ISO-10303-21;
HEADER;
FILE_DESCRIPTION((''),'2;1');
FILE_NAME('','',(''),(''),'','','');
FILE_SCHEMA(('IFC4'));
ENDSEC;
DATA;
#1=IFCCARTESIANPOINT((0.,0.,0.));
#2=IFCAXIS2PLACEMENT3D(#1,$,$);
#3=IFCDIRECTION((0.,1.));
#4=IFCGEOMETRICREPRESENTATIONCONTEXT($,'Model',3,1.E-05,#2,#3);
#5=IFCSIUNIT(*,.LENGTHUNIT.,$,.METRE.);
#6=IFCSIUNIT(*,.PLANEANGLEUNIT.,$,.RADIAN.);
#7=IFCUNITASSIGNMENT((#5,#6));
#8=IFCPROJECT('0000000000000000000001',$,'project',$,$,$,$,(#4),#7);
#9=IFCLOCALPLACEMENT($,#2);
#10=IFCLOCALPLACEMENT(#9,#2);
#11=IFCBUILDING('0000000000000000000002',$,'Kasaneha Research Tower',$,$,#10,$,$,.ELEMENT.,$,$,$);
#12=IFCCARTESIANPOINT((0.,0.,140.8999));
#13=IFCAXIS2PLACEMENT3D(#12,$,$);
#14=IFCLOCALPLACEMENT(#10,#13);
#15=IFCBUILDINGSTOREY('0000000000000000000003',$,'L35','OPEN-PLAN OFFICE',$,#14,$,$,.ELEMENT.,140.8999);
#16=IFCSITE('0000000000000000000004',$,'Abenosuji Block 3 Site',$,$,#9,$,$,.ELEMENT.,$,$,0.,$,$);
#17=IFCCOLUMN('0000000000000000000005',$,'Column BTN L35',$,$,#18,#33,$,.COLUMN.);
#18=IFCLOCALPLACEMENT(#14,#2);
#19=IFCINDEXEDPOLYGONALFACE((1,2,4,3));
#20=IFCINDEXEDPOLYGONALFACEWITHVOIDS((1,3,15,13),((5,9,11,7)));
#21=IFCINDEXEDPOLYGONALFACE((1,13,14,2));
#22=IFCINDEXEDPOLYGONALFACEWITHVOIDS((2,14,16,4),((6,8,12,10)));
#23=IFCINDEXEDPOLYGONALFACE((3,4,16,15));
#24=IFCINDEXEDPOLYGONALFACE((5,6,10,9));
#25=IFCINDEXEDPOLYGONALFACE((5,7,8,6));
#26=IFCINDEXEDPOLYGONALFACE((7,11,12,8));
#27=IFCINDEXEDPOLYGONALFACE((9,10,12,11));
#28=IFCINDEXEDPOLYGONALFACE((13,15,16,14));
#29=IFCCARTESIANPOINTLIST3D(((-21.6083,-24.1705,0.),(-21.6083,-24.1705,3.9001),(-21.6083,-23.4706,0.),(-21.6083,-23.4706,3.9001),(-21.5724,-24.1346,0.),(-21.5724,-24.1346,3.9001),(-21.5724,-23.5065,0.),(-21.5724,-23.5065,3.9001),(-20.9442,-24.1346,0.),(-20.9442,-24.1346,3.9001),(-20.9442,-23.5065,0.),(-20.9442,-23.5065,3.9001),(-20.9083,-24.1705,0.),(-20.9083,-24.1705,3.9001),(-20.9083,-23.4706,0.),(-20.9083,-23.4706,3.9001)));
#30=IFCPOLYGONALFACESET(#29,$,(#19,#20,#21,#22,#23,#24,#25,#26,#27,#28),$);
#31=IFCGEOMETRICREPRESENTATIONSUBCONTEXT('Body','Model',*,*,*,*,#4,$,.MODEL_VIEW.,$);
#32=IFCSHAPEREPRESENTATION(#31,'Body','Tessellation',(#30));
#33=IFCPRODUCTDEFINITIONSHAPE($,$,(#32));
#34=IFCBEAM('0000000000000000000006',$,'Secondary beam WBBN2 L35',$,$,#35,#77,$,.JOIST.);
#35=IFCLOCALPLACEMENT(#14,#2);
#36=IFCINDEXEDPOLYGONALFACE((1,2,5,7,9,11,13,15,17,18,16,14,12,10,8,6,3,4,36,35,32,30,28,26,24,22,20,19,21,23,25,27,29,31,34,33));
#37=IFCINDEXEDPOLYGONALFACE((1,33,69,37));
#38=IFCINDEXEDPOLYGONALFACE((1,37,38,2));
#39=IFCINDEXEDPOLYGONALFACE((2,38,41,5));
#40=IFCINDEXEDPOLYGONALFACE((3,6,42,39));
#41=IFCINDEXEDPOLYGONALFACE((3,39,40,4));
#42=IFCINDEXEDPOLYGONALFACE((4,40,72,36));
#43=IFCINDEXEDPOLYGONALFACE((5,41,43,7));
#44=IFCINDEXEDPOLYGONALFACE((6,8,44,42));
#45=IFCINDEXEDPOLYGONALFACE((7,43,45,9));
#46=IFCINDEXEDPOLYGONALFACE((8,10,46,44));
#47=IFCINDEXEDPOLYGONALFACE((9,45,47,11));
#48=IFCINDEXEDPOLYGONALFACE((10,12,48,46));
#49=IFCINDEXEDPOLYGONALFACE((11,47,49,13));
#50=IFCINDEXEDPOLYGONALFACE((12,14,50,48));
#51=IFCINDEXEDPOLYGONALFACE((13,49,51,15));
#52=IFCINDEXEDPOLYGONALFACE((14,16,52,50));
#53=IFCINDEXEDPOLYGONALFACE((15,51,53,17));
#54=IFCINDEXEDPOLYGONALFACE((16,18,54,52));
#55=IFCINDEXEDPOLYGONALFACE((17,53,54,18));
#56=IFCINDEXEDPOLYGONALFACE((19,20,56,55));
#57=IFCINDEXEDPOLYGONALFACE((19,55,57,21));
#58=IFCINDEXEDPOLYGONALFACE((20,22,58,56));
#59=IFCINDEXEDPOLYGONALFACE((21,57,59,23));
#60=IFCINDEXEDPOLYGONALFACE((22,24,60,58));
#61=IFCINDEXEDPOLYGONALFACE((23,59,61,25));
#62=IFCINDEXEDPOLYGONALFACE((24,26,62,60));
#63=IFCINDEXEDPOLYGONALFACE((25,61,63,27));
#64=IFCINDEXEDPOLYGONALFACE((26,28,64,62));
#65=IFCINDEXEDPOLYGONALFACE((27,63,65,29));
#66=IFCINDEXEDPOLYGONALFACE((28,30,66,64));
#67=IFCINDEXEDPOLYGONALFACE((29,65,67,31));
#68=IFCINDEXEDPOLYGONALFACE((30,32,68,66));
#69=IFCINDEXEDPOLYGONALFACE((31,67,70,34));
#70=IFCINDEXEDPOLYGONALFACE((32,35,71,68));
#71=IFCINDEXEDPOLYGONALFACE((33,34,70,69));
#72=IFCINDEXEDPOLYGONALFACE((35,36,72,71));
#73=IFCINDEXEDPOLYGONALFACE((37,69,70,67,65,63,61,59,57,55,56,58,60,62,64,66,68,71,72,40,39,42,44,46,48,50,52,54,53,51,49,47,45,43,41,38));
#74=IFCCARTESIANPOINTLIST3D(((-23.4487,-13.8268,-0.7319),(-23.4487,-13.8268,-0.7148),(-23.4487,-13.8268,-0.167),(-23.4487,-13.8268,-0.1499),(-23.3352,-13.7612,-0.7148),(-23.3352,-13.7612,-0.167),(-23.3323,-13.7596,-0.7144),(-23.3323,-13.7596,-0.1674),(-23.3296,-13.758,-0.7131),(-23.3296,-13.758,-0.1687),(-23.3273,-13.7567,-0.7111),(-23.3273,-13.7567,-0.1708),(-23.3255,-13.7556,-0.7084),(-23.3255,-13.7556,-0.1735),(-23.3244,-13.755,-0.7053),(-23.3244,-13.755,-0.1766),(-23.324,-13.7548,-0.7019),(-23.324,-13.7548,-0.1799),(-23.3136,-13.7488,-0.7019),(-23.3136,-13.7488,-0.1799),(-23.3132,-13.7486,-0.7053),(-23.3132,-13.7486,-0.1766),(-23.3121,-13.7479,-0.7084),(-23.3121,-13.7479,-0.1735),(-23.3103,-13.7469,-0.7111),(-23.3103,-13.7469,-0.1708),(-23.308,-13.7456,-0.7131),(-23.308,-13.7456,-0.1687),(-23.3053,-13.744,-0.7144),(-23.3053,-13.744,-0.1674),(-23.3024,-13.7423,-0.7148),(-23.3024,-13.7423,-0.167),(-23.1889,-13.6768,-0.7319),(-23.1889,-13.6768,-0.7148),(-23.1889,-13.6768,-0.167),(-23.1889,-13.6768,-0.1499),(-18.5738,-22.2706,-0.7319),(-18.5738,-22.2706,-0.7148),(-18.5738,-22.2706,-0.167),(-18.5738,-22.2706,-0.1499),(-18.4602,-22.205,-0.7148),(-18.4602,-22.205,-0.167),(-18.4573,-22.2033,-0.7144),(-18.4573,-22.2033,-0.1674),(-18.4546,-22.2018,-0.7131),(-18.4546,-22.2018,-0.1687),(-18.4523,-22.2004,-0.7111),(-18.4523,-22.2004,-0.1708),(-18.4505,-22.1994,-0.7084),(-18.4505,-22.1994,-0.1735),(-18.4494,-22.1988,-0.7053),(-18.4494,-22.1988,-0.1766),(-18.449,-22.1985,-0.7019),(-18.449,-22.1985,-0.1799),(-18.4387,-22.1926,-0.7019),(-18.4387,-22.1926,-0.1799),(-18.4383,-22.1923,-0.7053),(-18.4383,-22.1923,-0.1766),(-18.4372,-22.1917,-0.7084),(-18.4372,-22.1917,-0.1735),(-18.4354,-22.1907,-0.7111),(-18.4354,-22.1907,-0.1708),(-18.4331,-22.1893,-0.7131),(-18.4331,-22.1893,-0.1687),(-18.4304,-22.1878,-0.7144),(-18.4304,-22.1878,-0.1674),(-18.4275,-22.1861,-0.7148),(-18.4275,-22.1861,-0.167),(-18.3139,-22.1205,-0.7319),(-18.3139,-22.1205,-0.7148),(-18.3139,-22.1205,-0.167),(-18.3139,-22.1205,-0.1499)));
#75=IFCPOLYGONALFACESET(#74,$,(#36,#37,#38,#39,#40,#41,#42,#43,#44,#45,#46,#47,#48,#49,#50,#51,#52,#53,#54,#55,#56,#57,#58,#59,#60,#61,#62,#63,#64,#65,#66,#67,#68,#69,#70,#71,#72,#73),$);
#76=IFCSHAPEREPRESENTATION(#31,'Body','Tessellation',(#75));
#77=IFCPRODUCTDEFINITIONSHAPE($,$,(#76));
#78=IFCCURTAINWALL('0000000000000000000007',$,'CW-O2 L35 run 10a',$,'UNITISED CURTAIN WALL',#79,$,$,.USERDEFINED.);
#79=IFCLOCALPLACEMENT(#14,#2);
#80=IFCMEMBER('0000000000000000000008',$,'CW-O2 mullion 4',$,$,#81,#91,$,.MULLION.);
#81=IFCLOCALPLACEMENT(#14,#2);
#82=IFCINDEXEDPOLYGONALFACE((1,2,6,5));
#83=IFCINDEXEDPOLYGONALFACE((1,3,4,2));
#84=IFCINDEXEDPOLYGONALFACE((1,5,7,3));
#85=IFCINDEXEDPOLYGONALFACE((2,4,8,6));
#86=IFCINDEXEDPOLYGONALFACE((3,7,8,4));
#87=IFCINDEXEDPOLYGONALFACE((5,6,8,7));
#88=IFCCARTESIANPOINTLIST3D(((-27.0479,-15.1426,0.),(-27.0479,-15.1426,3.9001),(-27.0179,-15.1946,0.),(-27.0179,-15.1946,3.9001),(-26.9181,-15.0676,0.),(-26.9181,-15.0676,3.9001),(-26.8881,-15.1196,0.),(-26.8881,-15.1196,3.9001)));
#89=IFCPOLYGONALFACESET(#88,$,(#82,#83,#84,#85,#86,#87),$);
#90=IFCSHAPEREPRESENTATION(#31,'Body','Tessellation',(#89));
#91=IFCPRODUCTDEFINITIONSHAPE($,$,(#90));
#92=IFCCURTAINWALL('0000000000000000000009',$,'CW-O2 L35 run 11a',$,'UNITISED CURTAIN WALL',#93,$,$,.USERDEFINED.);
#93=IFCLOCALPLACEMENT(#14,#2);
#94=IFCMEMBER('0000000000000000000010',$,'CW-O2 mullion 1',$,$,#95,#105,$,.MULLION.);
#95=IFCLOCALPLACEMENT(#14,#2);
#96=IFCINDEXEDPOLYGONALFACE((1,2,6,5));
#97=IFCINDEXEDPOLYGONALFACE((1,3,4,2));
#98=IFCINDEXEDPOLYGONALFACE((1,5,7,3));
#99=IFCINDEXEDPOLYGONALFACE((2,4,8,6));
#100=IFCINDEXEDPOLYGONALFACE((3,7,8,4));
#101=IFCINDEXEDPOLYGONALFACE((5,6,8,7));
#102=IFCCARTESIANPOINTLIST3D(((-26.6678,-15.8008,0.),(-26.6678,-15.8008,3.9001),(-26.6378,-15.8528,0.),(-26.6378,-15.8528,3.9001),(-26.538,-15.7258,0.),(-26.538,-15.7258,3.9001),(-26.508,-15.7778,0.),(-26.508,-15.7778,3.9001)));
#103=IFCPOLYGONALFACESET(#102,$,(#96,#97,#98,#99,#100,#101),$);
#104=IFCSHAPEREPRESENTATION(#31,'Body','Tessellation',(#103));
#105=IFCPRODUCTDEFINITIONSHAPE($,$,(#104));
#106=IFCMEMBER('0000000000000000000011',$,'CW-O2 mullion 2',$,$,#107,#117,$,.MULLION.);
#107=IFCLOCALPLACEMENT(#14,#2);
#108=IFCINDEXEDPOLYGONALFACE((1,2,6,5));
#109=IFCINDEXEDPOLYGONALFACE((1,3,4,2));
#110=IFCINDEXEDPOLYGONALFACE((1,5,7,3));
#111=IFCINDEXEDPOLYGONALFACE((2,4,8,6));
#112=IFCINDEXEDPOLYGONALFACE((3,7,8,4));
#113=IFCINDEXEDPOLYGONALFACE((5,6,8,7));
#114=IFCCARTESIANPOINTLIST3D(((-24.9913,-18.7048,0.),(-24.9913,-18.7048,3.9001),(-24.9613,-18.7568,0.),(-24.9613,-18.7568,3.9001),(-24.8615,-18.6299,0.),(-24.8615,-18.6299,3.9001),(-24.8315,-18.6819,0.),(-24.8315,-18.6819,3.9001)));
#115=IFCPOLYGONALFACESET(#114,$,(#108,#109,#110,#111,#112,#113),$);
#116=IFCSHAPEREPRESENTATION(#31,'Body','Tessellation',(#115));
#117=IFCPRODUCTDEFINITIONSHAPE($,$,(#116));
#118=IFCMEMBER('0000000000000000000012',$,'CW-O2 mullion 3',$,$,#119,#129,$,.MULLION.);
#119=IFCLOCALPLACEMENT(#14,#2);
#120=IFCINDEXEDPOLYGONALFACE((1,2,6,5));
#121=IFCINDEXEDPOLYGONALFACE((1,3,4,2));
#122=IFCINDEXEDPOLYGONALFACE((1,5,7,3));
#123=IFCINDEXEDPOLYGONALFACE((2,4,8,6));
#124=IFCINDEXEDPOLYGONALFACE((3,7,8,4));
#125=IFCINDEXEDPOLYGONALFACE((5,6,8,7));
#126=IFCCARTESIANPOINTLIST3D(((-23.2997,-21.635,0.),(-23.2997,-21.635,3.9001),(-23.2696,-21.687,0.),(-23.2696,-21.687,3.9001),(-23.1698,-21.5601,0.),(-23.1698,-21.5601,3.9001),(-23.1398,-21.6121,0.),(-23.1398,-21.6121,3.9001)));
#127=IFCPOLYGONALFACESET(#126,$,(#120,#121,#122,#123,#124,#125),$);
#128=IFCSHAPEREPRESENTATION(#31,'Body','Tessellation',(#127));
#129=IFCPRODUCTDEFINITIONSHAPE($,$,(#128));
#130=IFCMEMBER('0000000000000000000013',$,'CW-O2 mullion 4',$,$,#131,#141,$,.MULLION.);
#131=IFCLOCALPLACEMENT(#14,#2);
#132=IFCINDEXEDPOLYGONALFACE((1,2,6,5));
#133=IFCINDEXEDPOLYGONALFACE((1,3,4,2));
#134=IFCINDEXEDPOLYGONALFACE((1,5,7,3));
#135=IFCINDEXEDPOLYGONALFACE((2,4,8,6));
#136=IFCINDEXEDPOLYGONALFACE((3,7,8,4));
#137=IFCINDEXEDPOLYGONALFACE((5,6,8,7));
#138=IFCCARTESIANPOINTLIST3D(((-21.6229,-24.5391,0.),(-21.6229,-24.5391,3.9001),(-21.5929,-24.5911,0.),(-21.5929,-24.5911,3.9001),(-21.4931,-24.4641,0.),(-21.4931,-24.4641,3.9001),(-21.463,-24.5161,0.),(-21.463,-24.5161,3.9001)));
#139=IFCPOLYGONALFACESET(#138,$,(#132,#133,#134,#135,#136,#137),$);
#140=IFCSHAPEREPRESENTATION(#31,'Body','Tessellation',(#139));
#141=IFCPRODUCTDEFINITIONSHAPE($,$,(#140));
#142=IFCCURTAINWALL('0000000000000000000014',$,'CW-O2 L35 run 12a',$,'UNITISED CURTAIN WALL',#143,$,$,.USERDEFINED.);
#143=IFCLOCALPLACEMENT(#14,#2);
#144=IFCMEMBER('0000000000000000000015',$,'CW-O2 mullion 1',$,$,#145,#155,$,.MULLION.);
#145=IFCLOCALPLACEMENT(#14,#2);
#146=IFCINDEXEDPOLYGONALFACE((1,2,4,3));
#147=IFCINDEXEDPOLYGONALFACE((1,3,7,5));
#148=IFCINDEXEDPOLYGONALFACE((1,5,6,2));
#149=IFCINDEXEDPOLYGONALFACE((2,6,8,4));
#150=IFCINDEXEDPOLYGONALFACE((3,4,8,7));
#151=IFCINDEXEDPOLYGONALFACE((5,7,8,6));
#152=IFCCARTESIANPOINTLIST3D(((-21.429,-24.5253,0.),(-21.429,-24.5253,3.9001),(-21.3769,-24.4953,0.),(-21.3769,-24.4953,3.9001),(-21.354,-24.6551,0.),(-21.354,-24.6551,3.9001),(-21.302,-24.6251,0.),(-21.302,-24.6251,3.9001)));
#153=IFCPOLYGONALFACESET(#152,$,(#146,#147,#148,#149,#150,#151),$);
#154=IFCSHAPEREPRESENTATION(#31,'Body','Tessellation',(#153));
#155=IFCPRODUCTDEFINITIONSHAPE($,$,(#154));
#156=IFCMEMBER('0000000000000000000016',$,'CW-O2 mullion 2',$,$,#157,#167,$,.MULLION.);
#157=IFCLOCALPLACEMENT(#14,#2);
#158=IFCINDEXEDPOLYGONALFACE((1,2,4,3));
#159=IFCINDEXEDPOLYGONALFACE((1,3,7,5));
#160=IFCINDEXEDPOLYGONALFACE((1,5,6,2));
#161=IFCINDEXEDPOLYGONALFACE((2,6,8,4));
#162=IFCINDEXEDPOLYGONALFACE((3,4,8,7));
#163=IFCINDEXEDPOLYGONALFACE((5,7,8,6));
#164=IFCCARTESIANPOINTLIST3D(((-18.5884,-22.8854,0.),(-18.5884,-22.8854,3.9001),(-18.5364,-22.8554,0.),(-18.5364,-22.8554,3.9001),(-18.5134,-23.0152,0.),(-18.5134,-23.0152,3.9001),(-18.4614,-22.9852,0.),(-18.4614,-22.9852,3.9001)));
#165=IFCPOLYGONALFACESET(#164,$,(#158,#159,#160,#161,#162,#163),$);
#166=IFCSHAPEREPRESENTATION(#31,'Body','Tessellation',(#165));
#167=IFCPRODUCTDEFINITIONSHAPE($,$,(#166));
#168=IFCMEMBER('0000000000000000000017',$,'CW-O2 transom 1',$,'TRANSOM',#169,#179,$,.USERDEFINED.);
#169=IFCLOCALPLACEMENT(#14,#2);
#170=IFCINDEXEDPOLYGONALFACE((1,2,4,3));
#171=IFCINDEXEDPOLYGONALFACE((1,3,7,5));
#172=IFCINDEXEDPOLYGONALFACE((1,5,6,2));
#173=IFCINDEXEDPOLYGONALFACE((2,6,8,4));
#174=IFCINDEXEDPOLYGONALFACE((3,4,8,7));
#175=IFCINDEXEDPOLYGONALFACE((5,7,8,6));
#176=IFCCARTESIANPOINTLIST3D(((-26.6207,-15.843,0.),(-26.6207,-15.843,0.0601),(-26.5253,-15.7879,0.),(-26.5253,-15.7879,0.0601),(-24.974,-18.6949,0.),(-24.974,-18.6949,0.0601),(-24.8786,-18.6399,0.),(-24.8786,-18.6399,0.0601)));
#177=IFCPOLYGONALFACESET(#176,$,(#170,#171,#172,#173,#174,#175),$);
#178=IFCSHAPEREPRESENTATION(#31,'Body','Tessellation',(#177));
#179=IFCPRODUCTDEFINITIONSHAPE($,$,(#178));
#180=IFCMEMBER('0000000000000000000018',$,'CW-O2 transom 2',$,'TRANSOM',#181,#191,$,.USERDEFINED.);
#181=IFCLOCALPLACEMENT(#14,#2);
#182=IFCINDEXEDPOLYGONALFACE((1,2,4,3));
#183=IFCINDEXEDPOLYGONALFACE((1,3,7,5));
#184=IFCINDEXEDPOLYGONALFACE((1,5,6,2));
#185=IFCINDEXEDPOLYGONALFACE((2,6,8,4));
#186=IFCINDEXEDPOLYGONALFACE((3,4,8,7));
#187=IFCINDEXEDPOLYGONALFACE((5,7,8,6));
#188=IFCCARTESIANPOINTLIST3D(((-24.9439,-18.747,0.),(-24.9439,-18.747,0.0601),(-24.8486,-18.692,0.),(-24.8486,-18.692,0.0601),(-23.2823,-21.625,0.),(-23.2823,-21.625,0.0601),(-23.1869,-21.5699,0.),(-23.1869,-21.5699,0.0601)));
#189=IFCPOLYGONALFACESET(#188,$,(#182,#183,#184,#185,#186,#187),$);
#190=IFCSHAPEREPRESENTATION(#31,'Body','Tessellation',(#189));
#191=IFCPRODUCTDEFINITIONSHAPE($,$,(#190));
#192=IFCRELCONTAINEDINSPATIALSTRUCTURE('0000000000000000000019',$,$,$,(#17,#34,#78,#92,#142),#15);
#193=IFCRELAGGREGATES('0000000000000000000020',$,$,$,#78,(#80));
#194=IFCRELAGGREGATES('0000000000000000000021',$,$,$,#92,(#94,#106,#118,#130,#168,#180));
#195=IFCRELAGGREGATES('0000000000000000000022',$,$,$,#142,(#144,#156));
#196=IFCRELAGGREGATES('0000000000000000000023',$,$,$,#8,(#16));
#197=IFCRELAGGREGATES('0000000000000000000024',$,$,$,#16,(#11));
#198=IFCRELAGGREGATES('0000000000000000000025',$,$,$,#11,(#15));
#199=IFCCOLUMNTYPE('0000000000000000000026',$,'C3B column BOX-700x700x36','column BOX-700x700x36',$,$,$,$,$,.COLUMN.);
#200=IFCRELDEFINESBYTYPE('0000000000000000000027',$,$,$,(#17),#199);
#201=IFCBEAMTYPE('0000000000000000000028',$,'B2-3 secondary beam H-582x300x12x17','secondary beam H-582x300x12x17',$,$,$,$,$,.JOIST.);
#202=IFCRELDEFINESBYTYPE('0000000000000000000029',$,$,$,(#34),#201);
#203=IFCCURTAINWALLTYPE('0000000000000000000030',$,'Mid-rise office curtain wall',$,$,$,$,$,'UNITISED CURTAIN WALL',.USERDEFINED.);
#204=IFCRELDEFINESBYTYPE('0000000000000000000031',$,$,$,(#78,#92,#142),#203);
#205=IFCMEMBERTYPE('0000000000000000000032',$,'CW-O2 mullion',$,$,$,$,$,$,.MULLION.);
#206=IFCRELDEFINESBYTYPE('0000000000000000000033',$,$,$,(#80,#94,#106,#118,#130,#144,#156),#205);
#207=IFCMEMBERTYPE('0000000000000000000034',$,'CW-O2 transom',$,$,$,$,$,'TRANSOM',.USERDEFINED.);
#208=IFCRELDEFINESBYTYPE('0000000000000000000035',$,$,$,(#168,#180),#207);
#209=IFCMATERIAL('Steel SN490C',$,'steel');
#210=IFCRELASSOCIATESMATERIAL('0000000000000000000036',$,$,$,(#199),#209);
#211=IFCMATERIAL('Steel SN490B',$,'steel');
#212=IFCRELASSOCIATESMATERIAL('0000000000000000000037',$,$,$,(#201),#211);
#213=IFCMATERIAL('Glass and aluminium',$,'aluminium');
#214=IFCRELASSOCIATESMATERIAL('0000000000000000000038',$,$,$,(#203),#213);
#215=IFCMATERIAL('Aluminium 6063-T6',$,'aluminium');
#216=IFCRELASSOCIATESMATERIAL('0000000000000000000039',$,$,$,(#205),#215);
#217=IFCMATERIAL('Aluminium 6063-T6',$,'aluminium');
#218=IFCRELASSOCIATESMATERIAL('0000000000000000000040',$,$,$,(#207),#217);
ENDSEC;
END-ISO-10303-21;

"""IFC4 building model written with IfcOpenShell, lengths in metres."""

from ifc_helpers import new_model, si_unit, direction, frame, origin, origin_2d, place, context, subcontext, project, spatial, rectangle, hollow_rectangle, i_section, extrude, material, material_profile, profile_set, type_object, element, aggregate, save


model = new_model("IFC4")

# Units and contexts
model_context = context("Model", 3, precision=1e-05, world=origin(), true_north=direction((0.0, 1.0)))
body_context = subcontext(model_context, "Body", "Model", "MODEL_VIEW")
ifc_project = project(units=[si_unit("LENGTHUNIT", "METRE"), si_unit("PLANEANGLEUNIT", "RADIAN")], contexts=[model_context])

# Site, building, storey
site_placement = place(None, origin())
site = spatial("IfcSite", under=ifc_project, at=site_placement, Name="Abenosuji Block 3 Site", CompositionType="ELEMENT", RefElevation=0.0)
building_placement = place(site_placement, origin())
building = spatial("IfcBuilding", under=site, at=building_placement, Name="Kasaneha Research Tower", CompositionType="ELEMENT")
storey_placement = place(building_placement, frame((0.0, 0.0, 140.8999)))
storey = spatial("IfcBuildingStorey", under=building, at=storey_placement, Name="L35", Description="OPEN-PLAN OFFICE", CompositionType="ELEMENT", Elevation=140.8999)

# Column
ifc_material_1 = material(Name="Steel SN490C", Category="steel")
ifc_material_profile_1 = material_profile(ifc_material_1, hollow_rectangle(XDim=0.7, YDim=0.7, WallThickness=0.0359, at=origin_2d()), Name="BOX-700x700x36")
ifc_profile_set_1 = profile_set([ifc_material_profile_1], Name="Steel SN490C")
column_type = type_object("IfcColumnType", Name="C3B column BOX-700x700x36", Description="column BOX-700x700x36", PredefinedType="COLUMN", material=ifc_profile_set_1)
column_placement = place(storey_placement, frame((-21.2583, -23.8206, 0.0), z_axis=(0.0, 0.0, 1.0), x_axis=(1.0, 0.0, 0.0)))
element("IfcColumn", 1, at=column_placement, inside=storey, type_object=column_type, Name="Column BTN L35", PredefinedType="COLUMN", context=body_context, shape_type="SweptSolid", body=[
    extrude(hollow_rectangle(XDim=0.7, YDim=0.7, WallThickness=0.0359, at=origin_2d()), origin(), (0.0, 0.0, 1.0), 3.9001),
])

# Beam
ifc_material_2 = material(Name="Steel SN490B", Category="steel")
ifc_material_profile_2 = material_profile(ifc_material_2, i_section(OverallWidth=0.3, OverallDepth=0.582, WebThickness=0.012, FlangeThickness=0.0171, FilletRadius=0.0129, at=origin_2d()), Name="H-582x300x12x17")
ifc_profile_set_2 = profile_set([ifc_material_profile_2], Name="Steel SN490B")
beam_type_1 = type_object("IfcBeamType", Name="B2-3 secondary beam H-582x300x12x17", Description="secondary beam H-582x300x12x17", PredefinedType="JOIST", material=ifc_profile_set_2)
beam_1_placement = place(storey_placement, frame((-18.4438, -22.1956, -0.4409), z_axis=(-0.499996, 0.866028, 0.0), x_axis=(-0.866028, -0.499996, 0.0)))
element("IfcBeam", 2, at=beam_1_placement, inside=storey, type_object=beam_type_1, Name="Secondary beam WBBN2 L35", PredefinedType="JOIST", context=body_context, shape_type="SweptSolid", body=[
    extrude(i_section(OverallWidth=0.3, OverallDepth=0.582, WebThickness=0.012, FlangeThickness=0.0171, FilletRadius=0.0129, at=origin_2d()), origin(), (0.0, 0.0, 1.0), 9.75),
])

# Curtain wall, member
ifc_material_3 = material(Name="Glass and aluminium", Category="aluminium")
curtain_wall_type = type_object("IfcCurtainWallType", Name="Mid-rise office curtain wall", ElementType="UNITISED CURTAIN WALL", PredefinedType="USERDEFINED", material=ifc_material_3)
curtain_wall_1_placement = place(storey_placement, origin())
curtain_wall_1 = element("IfcCurtainWall", 3, at=curtain_wall_1_placement, inside=storey, type_object=curtain_wall_type, Name="CW-O2 L35 run 10a", ObjectType="UNITISED CURTAIN WALL", PredefinedType="USERDEFINED")
ifc_material_4 = material(Name="Aluminium 6063-T6", Category="aluminium")
ifc_material_profile_3 = material_profile(ifc_material_4, rectangle(XDim=0.0601, YDim=0.1499, at=origin_2d()), Name="CW-O2 mullion 60x150")
ifc_profile_set_3 = profile_set([ifc_material_profile_3], Name="Aluminium 6063-T6")
member_type_1 = type_object("IfcMemberType", Name="CW-O2 mullion", PredefinedType="MULLION", material=ifc_profile_set_3)
member_1_placement = place(storey_placement, frame((-26.968, -15.1311, 0.0), z_axis=(0.0, 0.0, 1.0), x_axis=(0.5, -0.866025, 0.0)))
member_1 = element("IfcMember", 4, at=member_1_placement, type_object=member_type_1, Name="CW-O2 mullion 4", PredefinedType="MULLION", context=body_context, shape_type="SweptSolid", body=[
    extrude(rectangle(XDim=0.0601, YDim=0.1499, at=origin_2d()), origin(), (0.0, 0.0, 1.0), 3.9001),
])

# Curtain walls, members
curtain_wall_2_placement = place(storey_placement, origin())
curtain_wall_2 = element("IfcCurtainWall", 5, at=curtain_wall_2_placement, inside=storey, type_object=curtain_wall_type, Name="CW-O2 L35 run 11a", ObjectType="UNITISED CURTAIN WALL", PredefinedType="USERDEFINED")
member_2_placement = place(storey_placement, frame((-26.5879, -15.7893, 0.0), z_axis=(0.0, 0.0, 1.0), x_axis=(0.5, -0.866025, 0.0)))
member_2 = element("IfcMember", 6, at=member_2_placement, type_object=member_type_1, Name="CW-O2 mullion 1", PredefinedType="MULLION", context=body_context, shape_type="SweptSolid", body=[
    extrude(rectangle(XDim=0.0601, YDim=0.1499, at=origin_2d()), origin(), (0.0, 0.0, 1.0), 3.9001),
])
member_3_placement = place(storey_placement, frame((-24.9114, -18.6934, 0.0), z_axis=(0.0, 0.0, 1.0), x_axis=(0.5, -0.866025, 0.0)))
member_3 = element("IfcMember", 7, at=member_3_placement, type_object=member_type_1, Name="CW-O2 mullion 2", PredefinedType="MULLION", context=body_context, shape_type="SweptSolid", body=[
    extrude(rectangle(XDim=0.0601, YDim=0.1499, at=origin_2d()), origin(), (0.0, 0.0, 1.0), 3.9001),
])
member_4_placement = place(storey_placement, frame((-23.2197, -21.6235, 0.0), z_axis=(0.0, 0.0, 1.0), x_axis=(0.5, -0.866025, 0.0)))
member_4 = element("IfcMember", 8, at=member_4_placement, type_object=member_type_1, Name="CW-O2 mullion 3", PredefinedType="MULLION", context=body_context, shape_type="SweptSolid", body=[
    extrude(rectangle(XDim=0.0601, YDim=0.1499, at=origin_2d()), origin(), (0.0, 0.0, 1.0), 3.9001),
])
member_5_placement = place(storey_placement, frame((-21.543, -24.5276, 0.0), z_axis=(0.0, 0.0, 1.0), x_axis=(0.5, -0.866025, 0.0)))
member_5 = element("IfcMember", 9, at=member_5_placement, type_object=member_type_1, Name="CW-O2 mullion 4", PredefinedType="MULLION", context=body_context, shape_type="SweptSolid", body=[
    extrude(rectangle(XDim=0.0601, YDim=0.1499, at=origin_2d()), origin(), (0.0, 0.0, 1.0), 3.9001),
])
curtain_wall_3_placement = place(storey_placement, origin())
curtain_wall_3 = element("IfcCurtainWall", 10, at=curtain_wall_3_placement, inside=storey, type_object=curtain_wall_type, Name="CW-O2 L35 run 12a", ObjectType="UNITISED CURTAIN WALL", PredefinedType="USERDEFINED")
member_6_placement = place(storey_placement, frame((-21.3655, -24.5752, 0.0), z_axis=(0.0, 0.0, 1.0), x_axis=(0.866025, 0.5, 0.0)))
member_6 = element("IfcMember", 11, at=member_6_placement, type_object=member_type_1, Name="CW-O2 mullion 1", PredefinedType="MULLION", context=body_context, shape_type="SweptSolid", body=[
    extrude(rectangle(XDim=0.0601, YDim=0.1499, at=origin_2d()), origin(), (0.0, 0.0, 1.0), 3.9001),
])
member_7_placement = place(storey_placement, frame((-18.5249, -22.9353, 0.0), z_axis=(0.0, 0.0, 1.0), x_axis=(0.866025, 0.5, 0.0)))
member_7 = element("IfcMember", 12, at=member_7_placement, type_object=member_type_1, Name="CW-O2 mullion 2", PredefinedType="MULLION", context=body_context, shape_type="SweptSolid", body=[
    extrude(rectangle(XDim=0.0601, YDim=0.1499, at=origin_2d()), origin(), (0.0, 0.0, 1.0), 3.9001),
])

# Members
ifc_material_5 = material(Name="Aluminium 6063-T6", Category="aluminium")
ifc_material_profile_4 = material_profile(ifc_material_5, rectangle(XDim=0.1101, YDim=0.0601, at=origin_2d()), Name="CW-O2 transom 110x60")
ifc_profile_set_4 = profile_set([ifc_material_profile_4], Name="Aluminium 6063-T6")
member_type_2 = type_object("IfcMemberType", Name="CW-O2 transom", ElementType="TRANSOM", PredefinedType="USERDEFINED", material=ifc_profile_set_4)
member_8_placement = place(storey_placement, frame((-26.573, -15.8154, 0.03), z_axis=(0.500022, -0.866013, 0.0), x_axis=(0.866013, 0.500022, 0.0)))
member_8 = element("IfcMember", 13, at=member_8_placement, type_object=member_type_2, Name="CW-O2 transom 1", ObjectType="TRANSOM", PredefinedType="USERDEFINED", context=body_context, shape_type="SweptSolid", body=[
    extrude(rectangle(XDim=0.1101, YDim=0.0601, at=origin_2d()), origin(), (0.0, 0.0, 1.0), 3.2932),
])
member_9_placement = place(storey_placement, frame((-24.8962, -18.7195, 0.03), z_axis=(0.500011, -0.866019, 0.0), x_axis=(0.866019, 0.500011, 0.0)))
member_9 = element("IfcMember", 14, at=member_9_placement, type_object=member_type_2, Name="CW-O2 transom 2", ObjectType="TRANSOM", PredefinedType="USERDEFINED", context=body_context, shape_type="SweptSolid", body=[
    extrude(rectangle(XDim=0.1101, YDim=0.0601, at=origin_2d()), origin(), (0.0, 0.0, 1.0), 3.3232),
])

aggregate(curtain_wall_1, [member_1])
aggregate(curtain_wall_2, [member_2, member_3, member_4, member_5, member_8, member_9])
aggregate(curtain_wall_3, [member_6, member_7])

save(model, "model.ifc")
